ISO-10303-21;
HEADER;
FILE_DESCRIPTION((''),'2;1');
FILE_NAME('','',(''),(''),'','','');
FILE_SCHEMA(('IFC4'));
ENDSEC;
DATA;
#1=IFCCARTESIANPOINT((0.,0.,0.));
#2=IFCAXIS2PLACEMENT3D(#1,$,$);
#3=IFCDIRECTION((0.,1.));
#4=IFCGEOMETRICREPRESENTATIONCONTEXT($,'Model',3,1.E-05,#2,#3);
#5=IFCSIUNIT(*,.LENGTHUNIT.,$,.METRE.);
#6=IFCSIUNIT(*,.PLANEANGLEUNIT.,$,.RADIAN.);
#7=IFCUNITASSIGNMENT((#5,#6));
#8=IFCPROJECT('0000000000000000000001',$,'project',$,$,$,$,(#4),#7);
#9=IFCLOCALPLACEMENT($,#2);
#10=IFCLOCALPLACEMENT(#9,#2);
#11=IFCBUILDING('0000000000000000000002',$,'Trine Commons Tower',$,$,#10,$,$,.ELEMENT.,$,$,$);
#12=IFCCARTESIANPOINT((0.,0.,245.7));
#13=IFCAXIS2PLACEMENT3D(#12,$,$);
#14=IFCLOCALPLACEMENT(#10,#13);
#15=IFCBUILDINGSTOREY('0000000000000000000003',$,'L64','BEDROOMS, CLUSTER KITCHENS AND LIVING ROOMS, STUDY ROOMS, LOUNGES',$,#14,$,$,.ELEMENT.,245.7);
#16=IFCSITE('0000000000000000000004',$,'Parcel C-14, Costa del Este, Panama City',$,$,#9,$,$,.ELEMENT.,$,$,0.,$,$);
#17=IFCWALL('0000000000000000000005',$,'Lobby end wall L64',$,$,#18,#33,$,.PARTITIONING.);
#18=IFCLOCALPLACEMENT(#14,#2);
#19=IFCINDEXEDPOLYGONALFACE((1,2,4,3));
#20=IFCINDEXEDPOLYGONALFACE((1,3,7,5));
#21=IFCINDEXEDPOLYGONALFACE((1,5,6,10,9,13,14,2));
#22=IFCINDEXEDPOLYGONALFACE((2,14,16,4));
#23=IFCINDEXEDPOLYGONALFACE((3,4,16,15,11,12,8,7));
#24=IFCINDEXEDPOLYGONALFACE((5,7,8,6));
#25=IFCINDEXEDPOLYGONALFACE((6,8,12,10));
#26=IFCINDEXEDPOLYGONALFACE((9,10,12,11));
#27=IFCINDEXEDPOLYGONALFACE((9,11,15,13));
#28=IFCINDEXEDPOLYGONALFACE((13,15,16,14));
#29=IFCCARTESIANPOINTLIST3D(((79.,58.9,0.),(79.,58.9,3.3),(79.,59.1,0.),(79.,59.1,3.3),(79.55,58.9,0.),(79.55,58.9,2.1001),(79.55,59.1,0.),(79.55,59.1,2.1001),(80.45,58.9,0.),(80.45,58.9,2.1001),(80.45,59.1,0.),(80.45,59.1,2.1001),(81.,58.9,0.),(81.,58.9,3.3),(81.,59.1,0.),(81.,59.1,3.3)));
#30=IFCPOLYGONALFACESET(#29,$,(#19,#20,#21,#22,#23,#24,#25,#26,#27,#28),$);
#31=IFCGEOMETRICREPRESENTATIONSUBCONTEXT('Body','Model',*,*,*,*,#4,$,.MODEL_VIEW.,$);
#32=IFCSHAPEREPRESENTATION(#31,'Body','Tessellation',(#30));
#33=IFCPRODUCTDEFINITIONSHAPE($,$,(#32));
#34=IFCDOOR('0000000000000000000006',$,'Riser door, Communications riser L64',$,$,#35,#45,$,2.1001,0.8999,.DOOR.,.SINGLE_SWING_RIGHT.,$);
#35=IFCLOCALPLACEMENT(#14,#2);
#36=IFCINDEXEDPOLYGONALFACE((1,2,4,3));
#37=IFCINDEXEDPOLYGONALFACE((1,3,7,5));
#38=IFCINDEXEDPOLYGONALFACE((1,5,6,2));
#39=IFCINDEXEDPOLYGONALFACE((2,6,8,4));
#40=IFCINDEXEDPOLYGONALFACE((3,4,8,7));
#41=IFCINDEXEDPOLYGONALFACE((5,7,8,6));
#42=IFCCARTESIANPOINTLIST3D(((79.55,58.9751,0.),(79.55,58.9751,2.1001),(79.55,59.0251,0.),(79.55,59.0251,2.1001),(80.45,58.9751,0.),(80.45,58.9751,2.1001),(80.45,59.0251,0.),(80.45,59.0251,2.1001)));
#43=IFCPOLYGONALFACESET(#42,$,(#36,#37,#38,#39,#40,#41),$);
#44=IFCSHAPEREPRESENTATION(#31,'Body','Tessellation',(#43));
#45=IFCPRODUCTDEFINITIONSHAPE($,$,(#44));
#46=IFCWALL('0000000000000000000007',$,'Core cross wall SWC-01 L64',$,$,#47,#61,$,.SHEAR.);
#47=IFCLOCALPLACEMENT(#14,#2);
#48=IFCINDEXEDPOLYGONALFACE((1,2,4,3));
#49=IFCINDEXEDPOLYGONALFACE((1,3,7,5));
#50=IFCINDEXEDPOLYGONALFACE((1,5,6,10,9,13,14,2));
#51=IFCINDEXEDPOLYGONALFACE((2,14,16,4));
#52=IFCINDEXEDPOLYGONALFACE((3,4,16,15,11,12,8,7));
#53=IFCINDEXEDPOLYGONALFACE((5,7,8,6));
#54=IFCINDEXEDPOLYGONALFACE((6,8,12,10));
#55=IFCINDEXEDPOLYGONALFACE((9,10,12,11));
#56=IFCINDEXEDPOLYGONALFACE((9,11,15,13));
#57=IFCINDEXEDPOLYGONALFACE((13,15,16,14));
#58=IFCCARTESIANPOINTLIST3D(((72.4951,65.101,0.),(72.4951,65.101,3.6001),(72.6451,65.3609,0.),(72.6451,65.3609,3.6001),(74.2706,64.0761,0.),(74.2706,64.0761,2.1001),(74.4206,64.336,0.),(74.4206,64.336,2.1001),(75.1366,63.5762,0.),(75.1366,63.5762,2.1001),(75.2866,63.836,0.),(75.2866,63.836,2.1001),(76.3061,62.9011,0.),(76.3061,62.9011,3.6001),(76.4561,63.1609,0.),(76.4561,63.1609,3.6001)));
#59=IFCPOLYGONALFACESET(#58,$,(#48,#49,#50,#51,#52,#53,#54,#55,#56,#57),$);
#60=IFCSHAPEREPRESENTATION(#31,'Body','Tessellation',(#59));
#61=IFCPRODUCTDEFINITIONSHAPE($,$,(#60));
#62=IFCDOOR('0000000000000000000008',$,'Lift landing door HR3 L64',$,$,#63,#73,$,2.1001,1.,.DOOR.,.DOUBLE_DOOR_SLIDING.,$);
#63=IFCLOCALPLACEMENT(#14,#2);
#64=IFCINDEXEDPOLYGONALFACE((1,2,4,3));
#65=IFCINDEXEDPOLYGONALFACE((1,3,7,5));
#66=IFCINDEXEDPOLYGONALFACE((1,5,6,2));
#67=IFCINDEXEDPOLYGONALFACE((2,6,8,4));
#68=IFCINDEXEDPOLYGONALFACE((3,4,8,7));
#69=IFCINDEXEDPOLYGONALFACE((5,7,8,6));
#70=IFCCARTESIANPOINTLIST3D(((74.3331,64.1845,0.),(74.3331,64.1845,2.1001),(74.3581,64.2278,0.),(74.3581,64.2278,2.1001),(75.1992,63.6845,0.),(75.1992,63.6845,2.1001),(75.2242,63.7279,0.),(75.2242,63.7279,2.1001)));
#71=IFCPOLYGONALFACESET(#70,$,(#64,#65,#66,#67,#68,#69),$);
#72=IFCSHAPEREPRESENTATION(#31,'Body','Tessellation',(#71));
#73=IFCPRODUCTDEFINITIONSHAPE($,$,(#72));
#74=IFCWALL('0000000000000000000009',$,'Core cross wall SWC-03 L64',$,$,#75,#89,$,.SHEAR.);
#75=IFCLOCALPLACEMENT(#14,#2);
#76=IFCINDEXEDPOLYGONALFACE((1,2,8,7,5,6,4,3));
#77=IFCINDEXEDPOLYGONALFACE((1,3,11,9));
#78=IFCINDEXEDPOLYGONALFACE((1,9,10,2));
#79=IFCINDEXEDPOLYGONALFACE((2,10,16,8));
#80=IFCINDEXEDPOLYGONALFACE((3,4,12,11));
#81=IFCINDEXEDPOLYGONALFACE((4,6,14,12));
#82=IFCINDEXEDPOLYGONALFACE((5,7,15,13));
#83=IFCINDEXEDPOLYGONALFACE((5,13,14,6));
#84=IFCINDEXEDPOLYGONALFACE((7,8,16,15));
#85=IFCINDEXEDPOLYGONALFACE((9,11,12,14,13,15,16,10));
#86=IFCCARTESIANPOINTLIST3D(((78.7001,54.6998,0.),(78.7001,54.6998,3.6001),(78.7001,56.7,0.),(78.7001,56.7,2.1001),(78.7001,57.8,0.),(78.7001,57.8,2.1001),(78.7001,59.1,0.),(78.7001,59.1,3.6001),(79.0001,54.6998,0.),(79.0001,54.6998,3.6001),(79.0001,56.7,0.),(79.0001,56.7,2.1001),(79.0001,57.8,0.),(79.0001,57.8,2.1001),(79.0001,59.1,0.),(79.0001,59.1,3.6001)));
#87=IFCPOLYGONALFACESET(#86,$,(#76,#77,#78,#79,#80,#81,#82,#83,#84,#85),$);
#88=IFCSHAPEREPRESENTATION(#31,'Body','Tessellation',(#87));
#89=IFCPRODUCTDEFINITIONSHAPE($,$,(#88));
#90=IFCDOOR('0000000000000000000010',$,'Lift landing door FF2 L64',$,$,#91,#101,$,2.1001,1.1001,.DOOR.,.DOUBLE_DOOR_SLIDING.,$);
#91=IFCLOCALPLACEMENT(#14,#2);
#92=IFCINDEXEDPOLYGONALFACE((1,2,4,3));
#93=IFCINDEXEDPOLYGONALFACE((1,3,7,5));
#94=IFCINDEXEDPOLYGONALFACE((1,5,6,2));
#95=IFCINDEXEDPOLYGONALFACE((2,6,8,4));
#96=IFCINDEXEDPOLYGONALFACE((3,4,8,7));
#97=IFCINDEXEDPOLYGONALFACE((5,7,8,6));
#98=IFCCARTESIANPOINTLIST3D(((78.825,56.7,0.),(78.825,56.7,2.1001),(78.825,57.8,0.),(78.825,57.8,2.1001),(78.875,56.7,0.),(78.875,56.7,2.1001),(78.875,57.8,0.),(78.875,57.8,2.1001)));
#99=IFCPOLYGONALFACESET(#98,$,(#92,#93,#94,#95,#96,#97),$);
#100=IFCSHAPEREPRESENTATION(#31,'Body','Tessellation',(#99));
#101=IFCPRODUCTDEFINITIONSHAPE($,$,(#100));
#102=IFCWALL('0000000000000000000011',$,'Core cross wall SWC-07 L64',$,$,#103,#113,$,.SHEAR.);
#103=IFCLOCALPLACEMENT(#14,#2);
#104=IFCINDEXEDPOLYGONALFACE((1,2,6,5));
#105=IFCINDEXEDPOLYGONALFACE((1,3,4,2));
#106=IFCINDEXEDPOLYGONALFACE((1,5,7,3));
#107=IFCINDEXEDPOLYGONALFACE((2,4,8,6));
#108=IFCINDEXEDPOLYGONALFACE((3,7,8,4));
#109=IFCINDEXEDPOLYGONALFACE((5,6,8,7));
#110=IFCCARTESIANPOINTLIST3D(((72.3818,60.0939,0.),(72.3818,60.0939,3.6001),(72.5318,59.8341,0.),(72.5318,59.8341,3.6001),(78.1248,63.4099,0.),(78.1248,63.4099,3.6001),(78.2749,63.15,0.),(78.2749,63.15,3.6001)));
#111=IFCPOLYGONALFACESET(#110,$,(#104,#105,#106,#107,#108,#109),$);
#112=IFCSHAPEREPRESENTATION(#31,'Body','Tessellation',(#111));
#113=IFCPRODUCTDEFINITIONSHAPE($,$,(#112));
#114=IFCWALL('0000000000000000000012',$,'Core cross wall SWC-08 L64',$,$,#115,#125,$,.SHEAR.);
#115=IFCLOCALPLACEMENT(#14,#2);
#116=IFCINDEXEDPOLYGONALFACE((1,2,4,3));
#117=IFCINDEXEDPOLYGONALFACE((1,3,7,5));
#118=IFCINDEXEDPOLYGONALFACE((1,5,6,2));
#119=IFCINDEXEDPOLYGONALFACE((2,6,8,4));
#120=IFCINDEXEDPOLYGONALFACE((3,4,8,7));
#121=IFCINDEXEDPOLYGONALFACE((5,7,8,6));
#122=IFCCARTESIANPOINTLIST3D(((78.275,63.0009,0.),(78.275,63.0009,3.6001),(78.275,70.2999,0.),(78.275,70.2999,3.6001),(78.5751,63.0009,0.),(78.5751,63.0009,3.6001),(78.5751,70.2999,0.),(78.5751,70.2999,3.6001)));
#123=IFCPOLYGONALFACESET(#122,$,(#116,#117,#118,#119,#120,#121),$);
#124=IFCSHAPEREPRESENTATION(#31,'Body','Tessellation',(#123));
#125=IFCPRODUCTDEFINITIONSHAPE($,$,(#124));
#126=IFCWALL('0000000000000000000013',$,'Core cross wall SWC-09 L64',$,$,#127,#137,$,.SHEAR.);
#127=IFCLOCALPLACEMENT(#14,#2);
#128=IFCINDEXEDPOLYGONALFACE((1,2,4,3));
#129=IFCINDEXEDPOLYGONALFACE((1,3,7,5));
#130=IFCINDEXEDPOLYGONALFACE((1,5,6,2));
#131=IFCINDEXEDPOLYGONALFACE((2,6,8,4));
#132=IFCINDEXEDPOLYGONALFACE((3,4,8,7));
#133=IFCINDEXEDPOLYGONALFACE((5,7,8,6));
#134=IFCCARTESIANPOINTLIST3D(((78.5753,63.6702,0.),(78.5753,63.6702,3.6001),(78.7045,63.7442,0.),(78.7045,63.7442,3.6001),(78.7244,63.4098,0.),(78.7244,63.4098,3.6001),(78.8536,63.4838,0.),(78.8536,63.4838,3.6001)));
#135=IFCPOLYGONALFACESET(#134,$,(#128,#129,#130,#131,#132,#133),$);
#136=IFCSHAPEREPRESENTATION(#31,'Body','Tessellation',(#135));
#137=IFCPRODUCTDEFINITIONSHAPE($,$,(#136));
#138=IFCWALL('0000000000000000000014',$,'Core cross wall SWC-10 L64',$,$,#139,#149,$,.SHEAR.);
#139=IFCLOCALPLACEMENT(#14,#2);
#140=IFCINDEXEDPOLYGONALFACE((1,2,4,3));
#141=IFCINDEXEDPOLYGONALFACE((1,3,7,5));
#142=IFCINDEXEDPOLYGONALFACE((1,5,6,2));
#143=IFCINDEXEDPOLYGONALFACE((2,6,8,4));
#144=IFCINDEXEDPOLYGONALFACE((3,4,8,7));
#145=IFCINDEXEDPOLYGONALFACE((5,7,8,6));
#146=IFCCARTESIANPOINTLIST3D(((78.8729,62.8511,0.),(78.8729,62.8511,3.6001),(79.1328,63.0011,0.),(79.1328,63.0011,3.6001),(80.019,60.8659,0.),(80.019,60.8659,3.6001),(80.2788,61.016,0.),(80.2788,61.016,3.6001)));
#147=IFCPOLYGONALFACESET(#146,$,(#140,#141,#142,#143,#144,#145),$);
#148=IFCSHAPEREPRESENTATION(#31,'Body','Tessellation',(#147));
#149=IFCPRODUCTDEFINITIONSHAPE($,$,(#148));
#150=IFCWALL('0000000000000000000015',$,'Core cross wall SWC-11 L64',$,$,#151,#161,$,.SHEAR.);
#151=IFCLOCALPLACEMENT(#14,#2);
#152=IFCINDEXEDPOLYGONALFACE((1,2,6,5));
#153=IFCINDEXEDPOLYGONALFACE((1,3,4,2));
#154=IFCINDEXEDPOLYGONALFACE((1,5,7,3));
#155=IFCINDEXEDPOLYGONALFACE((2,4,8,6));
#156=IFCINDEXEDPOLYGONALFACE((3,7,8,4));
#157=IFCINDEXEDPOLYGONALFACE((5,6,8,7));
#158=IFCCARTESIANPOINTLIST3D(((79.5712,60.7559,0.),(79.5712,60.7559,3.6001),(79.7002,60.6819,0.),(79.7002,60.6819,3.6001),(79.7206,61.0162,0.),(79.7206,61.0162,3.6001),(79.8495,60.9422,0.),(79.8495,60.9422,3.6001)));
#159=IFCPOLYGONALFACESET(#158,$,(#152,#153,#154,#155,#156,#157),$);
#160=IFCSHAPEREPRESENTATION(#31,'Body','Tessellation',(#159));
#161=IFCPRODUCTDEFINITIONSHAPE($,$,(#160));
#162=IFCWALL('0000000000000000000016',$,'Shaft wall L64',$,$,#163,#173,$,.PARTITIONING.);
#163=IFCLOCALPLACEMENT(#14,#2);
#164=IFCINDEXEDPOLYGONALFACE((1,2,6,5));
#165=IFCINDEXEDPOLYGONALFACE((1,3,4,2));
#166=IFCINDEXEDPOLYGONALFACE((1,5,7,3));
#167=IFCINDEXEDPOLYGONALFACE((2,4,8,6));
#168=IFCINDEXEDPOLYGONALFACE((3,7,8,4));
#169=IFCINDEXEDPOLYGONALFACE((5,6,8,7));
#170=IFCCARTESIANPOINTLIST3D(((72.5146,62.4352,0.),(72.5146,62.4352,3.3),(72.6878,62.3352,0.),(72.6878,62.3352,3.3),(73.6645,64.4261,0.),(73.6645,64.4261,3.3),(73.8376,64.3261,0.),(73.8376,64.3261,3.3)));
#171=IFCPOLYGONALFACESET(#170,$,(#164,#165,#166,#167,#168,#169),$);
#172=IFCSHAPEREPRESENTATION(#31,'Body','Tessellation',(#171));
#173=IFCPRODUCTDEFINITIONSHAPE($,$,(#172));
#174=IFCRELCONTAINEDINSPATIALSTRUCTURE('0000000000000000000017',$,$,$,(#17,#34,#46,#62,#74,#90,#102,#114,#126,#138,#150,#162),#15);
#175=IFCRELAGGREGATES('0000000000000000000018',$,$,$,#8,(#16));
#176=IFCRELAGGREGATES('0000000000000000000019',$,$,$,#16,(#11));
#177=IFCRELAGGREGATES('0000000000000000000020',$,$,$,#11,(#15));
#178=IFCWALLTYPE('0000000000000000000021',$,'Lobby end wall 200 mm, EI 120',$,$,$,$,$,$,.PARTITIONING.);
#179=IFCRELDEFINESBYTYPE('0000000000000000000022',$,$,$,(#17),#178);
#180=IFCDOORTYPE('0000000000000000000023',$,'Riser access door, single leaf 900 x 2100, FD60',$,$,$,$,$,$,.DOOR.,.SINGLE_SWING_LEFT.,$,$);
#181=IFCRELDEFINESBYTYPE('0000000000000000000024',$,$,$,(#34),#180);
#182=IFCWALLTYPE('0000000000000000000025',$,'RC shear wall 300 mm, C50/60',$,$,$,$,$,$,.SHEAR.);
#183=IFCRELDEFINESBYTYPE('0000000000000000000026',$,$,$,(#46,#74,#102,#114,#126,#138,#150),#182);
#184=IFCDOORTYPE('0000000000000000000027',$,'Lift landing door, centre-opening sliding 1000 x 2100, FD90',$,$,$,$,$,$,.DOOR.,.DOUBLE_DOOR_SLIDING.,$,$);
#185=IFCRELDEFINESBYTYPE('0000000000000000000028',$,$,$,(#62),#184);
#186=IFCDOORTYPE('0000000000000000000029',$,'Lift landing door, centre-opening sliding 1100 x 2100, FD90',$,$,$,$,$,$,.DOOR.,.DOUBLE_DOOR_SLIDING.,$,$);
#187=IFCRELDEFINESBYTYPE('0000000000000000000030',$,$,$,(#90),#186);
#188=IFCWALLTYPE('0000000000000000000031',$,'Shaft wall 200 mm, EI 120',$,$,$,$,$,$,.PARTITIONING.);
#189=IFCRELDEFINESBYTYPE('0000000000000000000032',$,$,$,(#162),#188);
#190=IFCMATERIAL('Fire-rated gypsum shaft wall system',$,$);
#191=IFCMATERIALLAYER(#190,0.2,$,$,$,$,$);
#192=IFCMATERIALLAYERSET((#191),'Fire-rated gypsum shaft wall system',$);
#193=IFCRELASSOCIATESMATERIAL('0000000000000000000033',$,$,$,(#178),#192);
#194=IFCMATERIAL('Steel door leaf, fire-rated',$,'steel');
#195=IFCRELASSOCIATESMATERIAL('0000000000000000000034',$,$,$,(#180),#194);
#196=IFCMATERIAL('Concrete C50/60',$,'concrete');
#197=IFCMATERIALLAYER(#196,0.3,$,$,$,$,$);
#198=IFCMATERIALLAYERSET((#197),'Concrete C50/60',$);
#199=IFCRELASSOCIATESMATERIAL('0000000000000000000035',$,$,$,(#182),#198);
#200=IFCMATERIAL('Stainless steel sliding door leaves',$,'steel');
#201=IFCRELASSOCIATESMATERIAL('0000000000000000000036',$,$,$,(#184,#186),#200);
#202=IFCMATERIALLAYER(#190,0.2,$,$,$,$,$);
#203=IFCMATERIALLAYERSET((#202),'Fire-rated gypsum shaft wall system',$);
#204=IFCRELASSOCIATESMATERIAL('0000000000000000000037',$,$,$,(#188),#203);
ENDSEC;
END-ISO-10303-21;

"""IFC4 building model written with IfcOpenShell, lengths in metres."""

from ifc_helpers import new_model, si_unit, direction, frame, frame_2d, origin, place, context, subcontext, project, spatial, rectangle, extrude, material, layer, layer_set, type_object, element, fill, save


model = new_model("IFC4")

# Units and contexts
model_context = context("Model", 3, precision=1e-05, world=origin(), true_north=direction((0.0, 1.0)))
body_context = subcontext(model_context, "Body", "Model", "MODEL_VIEW")
ifc_project = project(units=[si_unit("LENGTHUNIT", "METRE"), si_unit("PLANEANGLEUNIT", "RADIAN")], contexts=[model_context])

# Site, building, storey
site_placement = place(None, origin())
site = spatial("IfcSite", under=ifc_project, at=site_placement, Name="Parcel C-14, Costa del Este, Panama City", CompositionType="ELEMENT", RefElevation=0.0)
building_placement = place(site_placement, origin())
building = spatial("IfcBuilding", under=site, at=building_placement, Name="Trine Commons Tower", CompositionType="ELEMENT")
storey_placement = place(building_placement, frame((0.0, 0.0, 245.7)))
storey = spatial("IfcBuildingStorey", under=building, at=storey_placement, Name="L64", Description="BEDROOMS, CLUSTER KITCHENS AND LIVING ROOMS, STUDY ROOMS, LOUNGES", CompositionType="ELEMENT", Elevation=245.7)

# Walls, openings, doors
ifc_material_1 = material(Name="Fire-rated gypsum shaft wall system")
ifc_layer_1 = layer(ifc_material_1, 0.2)
ifc_layer_set_1 = layer_set([ifc_layer_1], Name="Fire-rated gypsum shaft wall system")
wall_type_1 = type_object("IfcWallType", Name="Lobby end wall 200 mm, EI 120", PredefinedType="PARTITIONING", material=ifc_layer_set_1)
wall_1_placement = place(storey_placement, frame((79.0, 59.0, 0.0), z_axis=(0.0, 0.0, 1.0), x_axis=(1.0, 0.0, 0.0)))
wall_1 = element("IfcWall", 1, at=wall_1_placement, inside=storey, type_object=wall_type_1, Name="Lobby end wall L64", PredefinedType="PARTITIONING", context=body_context, shape_type="SweptSolid", body=[
    extrude(rectangle(XDim=2.0, YDim=0.2, at=frame_2d((1.0, 0.0))), origin(), (0.0, 0.0, 1.0), 3.3),
])
opening_1_placement = place(wall_1_placement, frame((0.55, 0.0, 0.0)))
opening_1 = element("IfcOpeningElement", 2, at=opening_1_placement, cuts=wall_1, PredefinedType="OPENING", context=body_context, shape_type="SweptSolid", body=[
    extrude(rectangle(XDim=0.8999, YDim=2.1001, at=frame_2d((0.45, 1.05))), frame((0.0, 0.1099, 0.0), z_axis=(0.0, -1.0, 0.0), x_axis=(1.0, 0.0, 0.0)), (0.0, 0.0, 1.0), 0.22),
])
ifc_material_2 = material(Name="Steel door leaf, fire-rated", Category="steel")
door_type_1 = type_object("IfcDoorType", Name="Riser access door, single leaf 900 x 2100, FD60", OperationType="SINGLE_SWING_LEFT", PredefinedType="DOOR", material=ifc_material_2)
door_1_placement = place(opening_1_placement, frame((0.8999, 0.0, 0.0), z_axis=(0.0, 0.0, 1.0), x_axis=(-1.0, 0.0, 0.0)))
door_1 = element("IfcDoor", 3, at=door_1_placement, inside=storey, type_object=door_type_1, Name="Riser door, Communications riser L64", OperationType="SINGLE_SWING_RIGHT", OverallHeight=2.1001, OverallWidth=0.8999, PredefinedType="DOOR", context=body_context, shape_type="SweptSolid", body=[
    extrude(rectangle(XDim=0.8999, YDim=2.1001, at=frame_2d((0.45, 1.05))), frame((0.0, 0.0249, 0.0), z_axis=(0.0, -1.0, 0.0), x_axis=(1.0, 0.0, 0.0)), (0.0, 0.0, 1.0), 0.05),
])
fill(opening_1, door_1)
ifc_material_3 = material(Name="Concrete C50/60", Category="concrete")
ifc_layer_2 = layer(ifc_material_3, 0.3)
ifc_layer_set_2 = layer_set([ifc_layer_2], Name="Concrete C50/60")
wall_type_2 = type_object("IfcWallType", Name="RC shear wall 300 mm, C50/60", PredefinedType="SHEAR", material=ifc_layer_set_2)
wall_2_placement = place(storey_placement, frame((76.3811, 63.031, 0.0), z_axis=(0.0, 0.0, 1.0), x_axis=(-0.86606, 0.49994, 0.0)))
wall_2 = element("IfcWall", 4, at=wall_2_placement, inside=storey, type_object=wall_type_2, Name="Core cross wall SWC-01 L64", PredefinedType="SHEAR", context=body_context, shape_type="SweptSolid", body=[
    extrude(rectangle(XDim=4.4004, YDim=0.3, at=frame_2d((2.2002, 0.0))), origin(), (0.0, 0.0, 1.0), 3.6001),
])
opening_2_placement = place(wall_2_placement, frame((1.3503, 0.0, 0.0)))
opening_2 = element("IfcOpeningElement", 5, at=opening_2_placement, cuts=wall_2, PredefinedType="OPENING", context=body_context, shape_type="SweptSolid", body=[
    extrude(rectangle(XDim=1.0, YDim=2.1001, at=frame_2d((0.5, 1.05))), frame((0.0, 0.1599, 0.0), z_axis=(0.0, -1.0, 0.0), x_axis=(1.0, 0.0, 0.0)), (0.0, 0.0, 1.0), 0.3201),
])
ifc_material_4 = material(Name="Stainless steel sliding door leaves", Category="steel")
door_type_2 = type_object("IfcDoorType", Name="Lift landing door, centre-opening sliding 1000 x 2100, FD90", OperationType="DOUBLE_DOOR_SLIDING", PredefinedType="DOOR", material=ifc_material_4)
door_2_placement = place(opening_2_placement, origin())
door_2 = element("IfcDoor", 6, at=door_2_placement, inside=storey, type_object=door_type_2, Name="Lift landing door HR3 L64", OperationType="DOUBLE_DOOR_SLIDING", OverallHeight=2.1001, OverallWidth=1.0, PredefinedType="DOOR", context=body_context, shape_type="SweptSolid", body=[
    extrude(rectangle(XDim=1.0, YDim=2.1001, at=frame_2d((0.5, 1.05))), frame((0.0, 0.0249, 0.0), z_axis=(0.0, -1.0, 0.0), x_axis=(1.0, 0.0, 0.0)), (0.0, 0.0, 1.0), 0.05),
])
fill(opening_2, door_2)
wall_3_placement = place(storey_placement, frame((78.8501, 59.1001, 0.0), z_axis=(0.0, 0.0, 1.0), x_axis=(0.0, -1.0, 0.0)))
wall_3 = element("IfcWall", 7, at=wall_3_placement, inside=storey, type_object=wall_type_2, Name="Core cross wall SWC-03 L64", PredefinedType="SHEAR", context=body_context, shape_type="SweptSolid", body=[
    extrude(rectangle(XDim=4.4001, YDim=0.3, at=frame_2d((2.2002, 0.0))), origin(), (0.0, 0.0, 1.0), 3.6001),
])
opening_3_placement = place(wall_3_placement, frame((1.3, 0.0, 0.0)))
opening_3 = element("IfcOpeningElement", 8, at=opening_3_placement, cuts=wall_3, PredefinedType="OPENING", context=body_context, shape_type="SweptSolid", body=[
    extrude(rectangle(XDim=1.1001, YDim=2.1001, at=frame_2d((0.55, 1.05))), frame((0.0, 0.1599, 0.0), z_axis=(0.0, -1.0, 0.0), x_axis=(1.0, 0.0, 0.0)), (0.0, 0.0, 1.0), 0.3201),
])
door_type_3 = type_object("IfcDoorType", Name="Lift landing door, centre-opening sliding 1100 x 2100, FD90", OperationType="DOUBLE_DOOR_SLIDING", PredefinedType="DOOR", material=ifc_material_4)
door_3_placement = place(opening_3_placement, origin())
door_3 = element("IfcDoor", 9, at=door_3_placement, inside=storey, type_object=door_type_3, Name="Lift landing door FF2 L64", OperationType="DOUBLE_DOOR_SLIDING", OverallHeight=2.1001, OverallWidth=1.1001, PredefinedType="DOOR", context=body_context, shape_type="SweptSolid", body=[
    extrude(rectangle(XDim=1.1001, YDim=2.1001, at=frame_2d((0.55, 1.05))), frame((0.0, 0.0249, 0.0), z_axis=(0.0, -1.0, 0.0), x_axis=(1.0, 0.0, 0.0)), (0.0, 0.0, 1.0), 0.05),
])
fill(opening_3, door_3)

# Walls
wall_4_placement = place(storey_placement, frame((78.2, 63.28, 0.0), z_axis=(0.0, 0.0, 1.0), x_axis=(-0.86601, -0.500027, 0.0)))
element("IfcWall", 10, at=wall_4_placement, inside=storey, type_object=wall_type_2, Name="Core cross wall SWC-07 L64", PredefinedType="SHEAR", context=body_context, shape_type="SweptSolid", body=[
    extrude(rectangle(XDim=6.6316, YDim=0.3, at=frame_2d((3.3159, 0.0))), origin(), (0.0, 0.0, 1.0), 3.6001),
])
wall_5_placement = place(storey_placement, frame((78.425, 63.001, 0.0), z_axis=(0.0, 0.0, 1.0), x_axis=(0.0, 1.0, 0.0)))
element("IfcWall", 11, at=wall_5_placement, inside=storey, type_object=wall_type_2, Name="Core cross wall SWC-08 L64", PredefinedType="SHEAR", context=body_context, shape_type="SweptSolid", body=[
    extrude(rectangle(XDim=7.2991, YDim=0.3, at=frame_2d((3.6494, 0.0))), origin(), (0.0, 0.0, 1.0), 3.6001),
])
wall_6_placement = place(storey_placement, frame((78.7791, 63.614, 0.0), z_axis=(0.0, 0.0, 1.0), x_axis=(-0.867738, -0.497022, 0.0)))
element("IfcWall", 12, at=wall_6_placement, inside=storey, type_object=wall_type_2, Name="Core cross wall SWC-09 L64", PredefinedType="SHEAR", context=body_context, shape_type="SweptSolid", body=[
    extrude(rectangle(XDim=0.1489, YDim=0.3, at=frame_2d((0.0745, 0.0))), origin(), (0.0, 0.0, 1.0), 3.6001),
])
wall_7_placement = place(storey_placement, frame((79.0029, 62.926, 0.0), z_axis=(0.0, 0.0, 1.0), x_axis=(0.499965, -0.866045, 0.0)))
element("IfcWall", 13, at=wall_7_placement, inside=storey, type_object=wall_type_2, Name="Core cross wall SWC-10 L64", PredefinedType="SHEAR", context=body_context, shape_type="SweptSolid", body=[
    extrude(rectangle(XDim=2.2922, YDim=0.3, at=frame_2d((1.146, 0.0))), origin(), (0.0, 0.0, 1.0), 3.6001),
])
wall_8_placement = place(storey_placement, frame((79.646, 60.886, 0.0), z_axis=(0.0, 0.0, 1.0), x_axis=(0.867332, -0.49773, 0.0)))
element("IfcWall", 14, at=wall_8_placement, inside=storey, type_object=wall_type_2, Name="Core cross wall SWC-11 L64", PredefinedType="SHEAR", context=body_context, shape_type="SweptSolid", body=[
    extrude(rectangle(XDim=0.1487, YDim=0.3, at=frame_2d((0.0742, 0.0))), origin(), (0.0, 0.0, 1.0), 3.6001),
])
ifc_layer_3 = layer(ifc_material_1, 0.2)
ifc_layer_set_3 = layer_set([ifc_layer_3], Name="Fire-rated gypsum shaft wall system")
wall_type_3 = type_object("IfcWallType", Name="Shaft wall 200 mm, EI 120", PredefinedType="PARTITIONING", material=ifc_layer_set_3)
wall_9_placement = place(storey_placement, frame((73.751, 64.376, 0.0), z_axis=(0.0, 0.0, 1.0), x_axis=(-0.500136, -0.865947, 0.0)))
element("IfcWall", 15, at=wall_9_placement, inside=storey, type_object=wall_type_3, Name="Shaft wall L64", PredefinedType="PARTITIONING", context=body_context, shape_type="SweptSolid", body=[
    extrude(rectangle(XDim=2.2991, YDim=0.2, at=frame_2d((1.1494, 0.0))), origin(), (0.0, 0.0, 1.0), 3.3),
])

save(model, "model.ifc")
